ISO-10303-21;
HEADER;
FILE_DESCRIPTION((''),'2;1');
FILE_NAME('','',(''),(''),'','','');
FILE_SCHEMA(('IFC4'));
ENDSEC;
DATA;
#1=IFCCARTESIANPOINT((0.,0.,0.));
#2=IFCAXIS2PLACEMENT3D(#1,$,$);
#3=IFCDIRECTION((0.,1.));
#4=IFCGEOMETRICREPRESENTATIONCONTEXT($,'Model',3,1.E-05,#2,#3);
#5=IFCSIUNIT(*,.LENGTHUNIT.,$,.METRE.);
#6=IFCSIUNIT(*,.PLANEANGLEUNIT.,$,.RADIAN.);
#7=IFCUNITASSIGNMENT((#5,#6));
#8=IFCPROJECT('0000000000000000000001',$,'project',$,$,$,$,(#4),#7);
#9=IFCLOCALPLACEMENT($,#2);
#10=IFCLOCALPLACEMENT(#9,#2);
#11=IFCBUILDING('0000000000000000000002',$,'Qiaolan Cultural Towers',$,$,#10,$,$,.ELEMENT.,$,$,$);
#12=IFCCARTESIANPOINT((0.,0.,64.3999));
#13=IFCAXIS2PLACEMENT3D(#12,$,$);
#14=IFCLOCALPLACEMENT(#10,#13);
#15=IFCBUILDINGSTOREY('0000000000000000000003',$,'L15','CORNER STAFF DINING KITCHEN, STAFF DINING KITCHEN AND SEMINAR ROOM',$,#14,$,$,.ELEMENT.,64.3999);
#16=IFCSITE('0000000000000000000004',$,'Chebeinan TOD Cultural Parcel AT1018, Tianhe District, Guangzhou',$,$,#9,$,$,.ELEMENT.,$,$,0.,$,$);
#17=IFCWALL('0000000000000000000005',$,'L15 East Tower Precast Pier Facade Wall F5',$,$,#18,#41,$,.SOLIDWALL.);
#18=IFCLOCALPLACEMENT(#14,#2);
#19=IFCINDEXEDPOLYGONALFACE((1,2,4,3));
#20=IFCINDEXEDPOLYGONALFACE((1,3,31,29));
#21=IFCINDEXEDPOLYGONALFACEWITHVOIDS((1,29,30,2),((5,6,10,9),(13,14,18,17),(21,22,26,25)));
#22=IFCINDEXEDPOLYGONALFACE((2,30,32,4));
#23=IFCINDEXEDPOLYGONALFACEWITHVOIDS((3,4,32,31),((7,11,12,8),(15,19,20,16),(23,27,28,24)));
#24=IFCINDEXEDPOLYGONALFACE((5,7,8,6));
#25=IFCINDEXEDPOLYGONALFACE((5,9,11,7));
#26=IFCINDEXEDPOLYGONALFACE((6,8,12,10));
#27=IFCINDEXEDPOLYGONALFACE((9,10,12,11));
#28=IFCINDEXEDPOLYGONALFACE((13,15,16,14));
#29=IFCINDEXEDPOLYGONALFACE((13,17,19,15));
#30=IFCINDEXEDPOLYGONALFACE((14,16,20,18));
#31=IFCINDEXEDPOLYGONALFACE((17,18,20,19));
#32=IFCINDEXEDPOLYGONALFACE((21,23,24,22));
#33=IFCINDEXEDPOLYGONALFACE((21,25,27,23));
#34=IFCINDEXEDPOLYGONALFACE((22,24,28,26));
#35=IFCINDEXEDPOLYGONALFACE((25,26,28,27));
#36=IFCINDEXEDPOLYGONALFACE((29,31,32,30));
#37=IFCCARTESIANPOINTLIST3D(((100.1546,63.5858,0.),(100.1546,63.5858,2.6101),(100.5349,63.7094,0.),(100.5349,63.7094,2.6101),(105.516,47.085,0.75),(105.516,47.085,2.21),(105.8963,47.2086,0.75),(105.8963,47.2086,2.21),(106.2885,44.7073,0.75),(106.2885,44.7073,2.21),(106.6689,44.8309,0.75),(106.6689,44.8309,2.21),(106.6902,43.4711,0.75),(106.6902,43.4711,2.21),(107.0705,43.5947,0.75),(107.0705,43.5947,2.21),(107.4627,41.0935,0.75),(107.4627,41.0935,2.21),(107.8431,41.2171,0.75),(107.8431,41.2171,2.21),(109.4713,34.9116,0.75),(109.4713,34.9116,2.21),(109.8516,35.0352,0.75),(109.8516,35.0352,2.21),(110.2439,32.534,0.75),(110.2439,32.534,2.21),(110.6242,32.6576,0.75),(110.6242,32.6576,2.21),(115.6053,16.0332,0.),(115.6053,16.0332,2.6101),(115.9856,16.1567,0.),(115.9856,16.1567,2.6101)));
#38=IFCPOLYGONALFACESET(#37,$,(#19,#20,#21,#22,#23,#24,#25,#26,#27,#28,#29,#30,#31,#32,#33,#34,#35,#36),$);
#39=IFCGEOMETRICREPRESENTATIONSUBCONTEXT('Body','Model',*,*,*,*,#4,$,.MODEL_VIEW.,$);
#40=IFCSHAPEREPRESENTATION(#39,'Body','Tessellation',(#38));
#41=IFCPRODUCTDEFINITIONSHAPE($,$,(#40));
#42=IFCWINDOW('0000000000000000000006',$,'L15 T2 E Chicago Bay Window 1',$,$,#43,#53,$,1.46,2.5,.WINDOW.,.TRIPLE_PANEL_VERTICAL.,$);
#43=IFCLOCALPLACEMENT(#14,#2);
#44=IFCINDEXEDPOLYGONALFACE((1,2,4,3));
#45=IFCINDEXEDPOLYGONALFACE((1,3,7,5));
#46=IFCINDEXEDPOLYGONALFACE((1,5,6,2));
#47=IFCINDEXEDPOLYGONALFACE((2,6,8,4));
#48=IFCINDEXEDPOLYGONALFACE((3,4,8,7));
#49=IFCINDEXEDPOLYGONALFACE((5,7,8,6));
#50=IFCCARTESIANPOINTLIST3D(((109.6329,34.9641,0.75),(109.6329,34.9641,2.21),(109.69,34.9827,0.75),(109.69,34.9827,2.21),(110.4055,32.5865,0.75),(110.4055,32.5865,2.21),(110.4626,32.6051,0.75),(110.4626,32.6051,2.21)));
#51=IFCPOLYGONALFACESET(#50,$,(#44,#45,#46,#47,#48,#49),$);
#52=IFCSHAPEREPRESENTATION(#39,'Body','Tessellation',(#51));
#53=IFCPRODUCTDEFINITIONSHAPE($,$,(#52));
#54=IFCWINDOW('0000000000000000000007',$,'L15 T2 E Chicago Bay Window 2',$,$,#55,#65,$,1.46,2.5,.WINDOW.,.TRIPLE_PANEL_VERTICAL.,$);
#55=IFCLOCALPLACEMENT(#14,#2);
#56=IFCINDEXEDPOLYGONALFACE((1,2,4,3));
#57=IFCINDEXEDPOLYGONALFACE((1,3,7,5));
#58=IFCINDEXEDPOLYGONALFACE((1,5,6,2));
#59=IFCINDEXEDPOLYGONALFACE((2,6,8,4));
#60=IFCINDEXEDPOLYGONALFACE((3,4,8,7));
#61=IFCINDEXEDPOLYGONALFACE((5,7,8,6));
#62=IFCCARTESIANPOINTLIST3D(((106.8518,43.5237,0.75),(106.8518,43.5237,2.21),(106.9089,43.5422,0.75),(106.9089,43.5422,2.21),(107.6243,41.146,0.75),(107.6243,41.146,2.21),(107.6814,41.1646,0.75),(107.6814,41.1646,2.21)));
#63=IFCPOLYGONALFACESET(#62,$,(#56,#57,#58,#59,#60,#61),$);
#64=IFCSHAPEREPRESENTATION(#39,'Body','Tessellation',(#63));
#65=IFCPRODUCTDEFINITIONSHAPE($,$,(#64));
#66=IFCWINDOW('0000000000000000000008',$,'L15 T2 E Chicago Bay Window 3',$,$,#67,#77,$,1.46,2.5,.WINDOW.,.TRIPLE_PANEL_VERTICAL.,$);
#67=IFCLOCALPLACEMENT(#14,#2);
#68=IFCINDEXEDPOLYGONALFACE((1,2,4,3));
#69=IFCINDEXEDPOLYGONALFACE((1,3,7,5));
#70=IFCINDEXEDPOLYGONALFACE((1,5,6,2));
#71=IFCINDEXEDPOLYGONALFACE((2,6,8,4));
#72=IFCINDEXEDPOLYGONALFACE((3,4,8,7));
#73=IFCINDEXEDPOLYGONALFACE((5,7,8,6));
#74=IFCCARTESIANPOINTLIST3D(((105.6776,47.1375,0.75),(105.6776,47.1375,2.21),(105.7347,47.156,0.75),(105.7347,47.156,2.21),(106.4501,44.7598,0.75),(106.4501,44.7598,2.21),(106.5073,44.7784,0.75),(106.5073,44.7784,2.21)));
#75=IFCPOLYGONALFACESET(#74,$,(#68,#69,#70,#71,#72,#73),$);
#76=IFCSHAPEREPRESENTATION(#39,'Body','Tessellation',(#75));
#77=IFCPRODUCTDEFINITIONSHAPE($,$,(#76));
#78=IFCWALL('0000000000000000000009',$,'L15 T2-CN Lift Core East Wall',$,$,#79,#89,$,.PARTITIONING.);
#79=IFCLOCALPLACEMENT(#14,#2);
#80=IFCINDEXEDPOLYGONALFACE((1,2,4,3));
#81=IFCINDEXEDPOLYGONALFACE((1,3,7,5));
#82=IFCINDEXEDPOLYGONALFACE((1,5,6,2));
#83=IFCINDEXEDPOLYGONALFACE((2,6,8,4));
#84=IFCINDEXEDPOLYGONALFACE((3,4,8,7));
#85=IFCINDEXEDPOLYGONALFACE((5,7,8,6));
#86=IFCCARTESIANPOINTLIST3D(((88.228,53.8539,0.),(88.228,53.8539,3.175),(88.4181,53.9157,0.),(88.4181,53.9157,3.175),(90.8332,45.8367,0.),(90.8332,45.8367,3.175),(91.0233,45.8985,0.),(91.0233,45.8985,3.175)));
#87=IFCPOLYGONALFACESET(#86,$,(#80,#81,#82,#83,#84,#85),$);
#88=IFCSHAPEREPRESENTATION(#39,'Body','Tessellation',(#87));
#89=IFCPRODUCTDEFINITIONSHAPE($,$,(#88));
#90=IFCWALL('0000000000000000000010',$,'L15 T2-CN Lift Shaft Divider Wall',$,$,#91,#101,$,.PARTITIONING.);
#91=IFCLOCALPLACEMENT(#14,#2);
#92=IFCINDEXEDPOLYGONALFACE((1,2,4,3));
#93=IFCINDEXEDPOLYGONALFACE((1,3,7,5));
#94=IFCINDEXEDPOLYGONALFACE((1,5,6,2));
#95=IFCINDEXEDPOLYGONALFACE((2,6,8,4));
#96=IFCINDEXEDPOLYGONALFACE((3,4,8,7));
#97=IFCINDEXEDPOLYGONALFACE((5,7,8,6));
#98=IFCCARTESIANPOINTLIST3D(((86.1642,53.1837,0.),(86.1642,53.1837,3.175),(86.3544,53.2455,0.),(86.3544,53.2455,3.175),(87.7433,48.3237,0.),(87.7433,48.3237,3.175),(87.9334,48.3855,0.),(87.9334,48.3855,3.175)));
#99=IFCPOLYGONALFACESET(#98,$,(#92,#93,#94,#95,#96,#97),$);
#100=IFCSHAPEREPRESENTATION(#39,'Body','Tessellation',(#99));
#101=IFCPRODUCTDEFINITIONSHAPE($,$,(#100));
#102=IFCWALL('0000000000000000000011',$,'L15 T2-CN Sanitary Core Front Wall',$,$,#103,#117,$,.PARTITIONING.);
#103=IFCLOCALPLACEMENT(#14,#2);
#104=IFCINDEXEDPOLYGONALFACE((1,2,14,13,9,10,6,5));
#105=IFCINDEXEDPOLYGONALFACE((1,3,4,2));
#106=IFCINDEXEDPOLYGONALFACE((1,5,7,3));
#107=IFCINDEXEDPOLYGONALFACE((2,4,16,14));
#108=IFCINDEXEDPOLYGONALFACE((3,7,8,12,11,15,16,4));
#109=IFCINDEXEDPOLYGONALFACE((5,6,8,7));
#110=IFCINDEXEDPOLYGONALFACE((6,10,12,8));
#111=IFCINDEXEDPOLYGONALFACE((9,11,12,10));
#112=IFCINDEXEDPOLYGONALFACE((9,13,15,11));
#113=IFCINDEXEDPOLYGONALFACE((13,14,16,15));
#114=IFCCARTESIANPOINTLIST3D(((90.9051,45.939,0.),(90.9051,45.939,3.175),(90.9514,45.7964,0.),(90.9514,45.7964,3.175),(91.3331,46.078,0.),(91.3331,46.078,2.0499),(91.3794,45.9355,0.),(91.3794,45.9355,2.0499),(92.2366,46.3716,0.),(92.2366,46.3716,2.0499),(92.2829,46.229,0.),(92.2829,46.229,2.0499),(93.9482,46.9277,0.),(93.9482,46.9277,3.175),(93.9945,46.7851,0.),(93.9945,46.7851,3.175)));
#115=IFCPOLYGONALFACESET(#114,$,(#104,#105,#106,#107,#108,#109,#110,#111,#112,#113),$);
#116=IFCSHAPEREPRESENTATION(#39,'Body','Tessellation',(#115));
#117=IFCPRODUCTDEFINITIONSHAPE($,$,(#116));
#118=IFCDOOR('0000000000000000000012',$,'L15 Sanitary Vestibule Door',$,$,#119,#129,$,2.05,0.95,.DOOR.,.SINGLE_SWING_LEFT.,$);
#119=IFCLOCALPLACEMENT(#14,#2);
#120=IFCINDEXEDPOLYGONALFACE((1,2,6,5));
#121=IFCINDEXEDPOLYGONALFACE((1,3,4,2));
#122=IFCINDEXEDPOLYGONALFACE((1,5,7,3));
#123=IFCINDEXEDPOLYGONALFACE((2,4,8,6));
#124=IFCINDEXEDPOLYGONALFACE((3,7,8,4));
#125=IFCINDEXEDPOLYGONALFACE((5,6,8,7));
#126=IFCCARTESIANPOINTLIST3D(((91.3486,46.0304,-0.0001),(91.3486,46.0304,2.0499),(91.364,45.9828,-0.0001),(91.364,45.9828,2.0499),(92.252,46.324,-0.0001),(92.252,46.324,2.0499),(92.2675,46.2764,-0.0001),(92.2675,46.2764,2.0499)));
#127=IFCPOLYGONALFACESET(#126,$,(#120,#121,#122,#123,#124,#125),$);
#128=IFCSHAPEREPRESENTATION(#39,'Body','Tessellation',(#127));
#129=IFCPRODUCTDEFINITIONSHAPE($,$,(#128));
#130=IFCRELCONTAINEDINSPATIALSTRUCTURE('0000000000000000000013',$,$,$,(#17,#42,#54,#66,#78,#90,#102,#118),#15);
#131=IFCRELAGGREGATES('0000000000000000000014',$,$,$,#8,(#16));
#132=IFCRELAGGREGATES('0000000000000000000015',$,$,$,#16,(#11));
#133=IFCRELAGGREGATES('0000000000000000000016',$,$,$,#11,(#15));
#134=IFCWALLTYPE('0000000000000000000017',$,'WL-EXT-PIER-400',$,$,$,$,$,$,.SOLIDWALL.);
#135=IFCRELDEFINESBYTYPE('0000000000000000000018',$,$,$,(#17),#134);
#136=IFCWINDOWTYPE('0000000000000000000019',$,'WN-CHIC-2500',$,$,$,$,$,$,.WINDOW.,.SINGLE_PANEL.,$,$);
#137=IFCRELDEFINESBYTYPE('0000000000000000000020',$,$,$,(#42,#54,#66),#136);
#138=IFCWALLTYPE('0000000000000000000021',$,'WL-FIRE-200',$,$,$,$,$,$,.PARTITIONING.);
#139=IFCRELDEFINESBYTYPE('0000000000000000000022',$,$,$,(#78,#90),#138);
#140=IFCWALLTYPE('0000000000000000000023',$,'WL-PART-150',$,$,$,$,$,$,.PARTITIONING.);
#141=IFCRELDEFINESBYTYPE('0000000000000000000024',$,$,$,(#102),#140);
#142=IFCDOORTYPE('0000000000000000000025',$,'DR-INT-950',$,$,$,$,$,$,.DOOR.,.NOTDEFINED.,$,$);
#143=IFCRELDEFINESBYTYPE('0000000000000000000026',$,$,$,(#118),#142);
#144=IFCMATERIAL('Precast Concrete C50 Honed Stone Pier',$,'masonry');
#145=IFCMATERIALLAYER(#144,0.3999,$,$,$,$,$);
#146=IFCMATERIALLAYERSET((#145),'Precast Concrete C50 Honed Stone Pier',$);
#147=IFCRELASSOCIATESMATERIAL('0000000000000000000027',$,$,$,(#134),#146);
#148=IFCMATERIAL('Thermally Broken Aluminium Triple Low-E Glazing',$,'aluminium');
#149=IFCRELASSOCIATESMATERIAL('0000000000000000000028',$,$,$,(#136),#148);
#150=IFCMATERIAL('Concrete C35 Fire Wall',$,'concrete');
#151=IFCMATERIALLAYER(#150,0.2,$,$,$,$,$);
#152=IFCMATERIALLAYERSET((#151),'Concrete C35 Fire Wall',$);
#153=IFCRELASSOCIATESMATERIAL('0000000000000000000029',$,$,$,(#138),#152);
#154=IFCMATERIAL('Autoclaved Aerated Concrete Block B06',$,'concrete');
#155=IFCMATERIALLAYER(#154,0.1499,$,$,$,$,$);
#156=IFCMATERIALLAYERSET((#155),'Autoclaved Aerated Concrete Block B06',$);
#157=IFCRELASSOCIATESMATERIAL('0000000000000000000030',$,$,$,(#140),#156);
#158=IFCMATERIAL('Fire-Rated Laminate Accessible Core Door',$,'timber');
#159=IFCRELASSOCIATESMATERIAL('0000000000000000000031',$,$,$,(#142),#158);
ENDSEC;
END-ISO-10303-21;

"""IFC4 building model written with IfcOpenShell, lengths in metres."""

from ifc_helpers import new_model, si_unit, direction, frame, frame_2d, origin, place, context, subcontext, project, spatial, rectangle, extrude, material, layer, layer_set, type_object, element, fill, save


model = new_model("IFC4")

# Units and contexts
model_context = context("Model", 3, precision=1e-05, world=origin(), true_north=direction((0.0, 1.0)))
body_context = subcontext(model_context, "Body", "Model", "MODEL_VIEW")
ifc_project = project(units=[si_unit("LENGTHUNIT", "METRE"), si_unit("PLANEANGLEUNIT", "RADIAN")], contexts=[model_context])

# Site, building, storey
site_placement = place(None, origin())
site = spatial("IfcSite", under=ifc_project, at=site_placement, Name="Chebeinan TOD Cultural Parcel AT1018, Tianhe District, Guangzhou", CompositionType="ELEMENT", RefElevation=0.0)
building_placement = place(site_placement, origin())
building = spatial("IfcBuilding", under=site, at=building_placement, Name="Qiaolan Cultural Towers", CompositionType="ELEMENT")
storey_placement = place(building_placement, frame((0.0, 0.0, 64.3999)))
storey = spatial("IfcBuildingStorey", under=building, at=storey_placement, Name="L15", Description="CORNER STAFF DINING KITCHEN, STAFF DINING KITCHEN AND SEMINAR ROOM", CompositionType="ELEMENT", Elevation=64.3999)

# Shared definitions
ifc_material_1 = material(Name="Precast Concrete C50 Honed Stone Pier", Category="masonry")
ifc_layer_1 = layer(ifc_material_1, 0.3999)
ifc_layer_set_1 = layer_set([ifc_layer_1], Name="Precast Concrete C50 Honed Stone Pier")
wall_type_1 = type_object("IfcWallType", Name="WL-EXT-PIER-400", PredefinedType="SOLIDWALL", material=ifc_layer_set_1)

# Wall, openings, windows
wall_1_placement = place(storey_placement, frame((100.3447, 63.6477, 0.0), z_axis=(0.0, 0.0, 1.0), x_axis=(0.309015, -0.951057, 0.0)))
wall_1 = element("IfcWall", 1, at=wall_1_placement, inside=storey, type_object=wall_type_1, Name="L15 East Tower Precast Pier Facade Wall F5", PredefinedType="SOLIDWALL", context=body_context, shape_type="SweptSolid", body=[
    extrude(rectangle(XDim=49.9998, YDim=0.3999, at=frame_2d((25.0, 0.0))), origin(), (0.0, 0.0, 1.0), 2.6101),
])
opening_1_placement = place(wall_1_placement, frame((30.1499, 0.0, 0.75)))
opening_1 = element("IfcOpeningElement", 2, at=opening_1_placement, cuts=wall_1, PredefinedType="OPENING", context=body_context, shape_type="SweptSolid", body=[
    extrude(rectangle(XDim=2.5, YDim=1.46, at=frame_2d((1.25, 0.73))), frame((0.0, 0.21, 0.0), z_axis=(0.0, -1.0, 0.0), x_axis=(1.0, 0.0, 0.0)), (0.0, 0.0, 1.0), 0.4199),
])
opening_2_placement = place(wall_1_placement, frame((21.1499, 0.0, 0.75)))
opening_2 = element("IfcOpeningElement", 3, at=opening_2_placement, cuts=wall_1, PredefinedType="OPENING", context=body_context, shape_type="SweptSolid", body=[
    extrude(rectangle(XDim=2.5, YDim=1.46, at=frame_2d((1.25, 0.73))), frame((0.0, 0.21, 0.0), z_axis=(0.0, -1.0, 0.0), x_axis=(1.0, 0.0, 0.0)), (0.0, 0.0, 1.0), 0.4199),
])
opening_3_placement = place(wall_1_placement, frame((17.3501, 0.0, 0.75)))
opening_3 = element("IfcOpeningElement", 4, at=opening_3_placement, cuts=wall_1, PredefinedType="OPENING", context=body_context, shape_type="SweptSolid", body=[
    extrude(rectangle(XDim=2.5, YDim=1.46, at=frame_2d((1.25, 0.73))), frame((0.0, 0.21, 0.0), z_axis=(0.0, -1.0, 0.0), x_axis=(1.0, 0.0, 0.0)), (0.0, 0.0, 1.0), 0.4199),
])
ifc_material_2 = material(Name="Thermally Broken Aluminium Triple Low-E Glazing", Category="aluminium")
window_type = type_object("IfcWindowType", Name="WN-CHIC-2500", PartitioningType="SINGLE_PANEL", PredefinedType="WINDOW", material=ifc_material_2)
window_1_placement = place(opening_1_placement, origin())
window_1 = element("IfcWindow", 5, at=window_1_placement, inside=storey, type_object=window_type, Name="L15 T2 E Chicago Bay Window 1", OverallHeight=1.46, OverallWidth=2.5, PartitioningType="TRIPLE_PANEL_VERTICAL", PredefinedType="WINDOW", context=body_context, shape_type="SweptSolid", body=[
    extrude(rectangle(XDim=2.5, YDim=1.46, at=frame_2d((1.25, 0.73))), frame((0.0, 0.03, 0.0), z_axis=(0.0, -1.0, 0.0), x_axis=(1.0, 0.0, 0.0)), (0.0, 0.0, 1.0), 0.0601),
])
fill(opening_1, window_1)
window_2_placement = place(opening_2_placement, origin())
window_2 = element("IfcWindow", 6, at=window_2_placement, inside=storey, type_object=window_type, Name="L15 T2 E Chicago Bay Window 2", OverallHeight=1.46, OverallWidth=2.5, PartitioningType="TRIPLE_PANEL_VERTICAL", PredefinedType="WINDOW", context=body_context, shape_type="SweptSolid", body=[
    extrude(rectangle(XDim=2.5, YDim=1.46, at=frame_2d((1.25, 0.73))), frame((0.0, 0.03, 0.0), z_axis=(0.0, -1.0, 0.0), x_axis=(1.0, 0.0, 0.0)), (0.0, 0.0, 1.0), 0.0601),
])
fill(opening_2, window_2)
window_3_placement = place(opening_3_placement, origin())
window_3 = element("IfcWindow", 7, at=window_3_placement, inside=storey, type_object=window_type, Name="L15 T2 E Chicago Bay Window 3", OverallHeight=1.46, OverallWidth=2.5, PartitioningType="TRIPLE_PANEL_VERTICAL", PredefinedType="WINDOW", context=body_context, shape_type="SweptSolid", body=[
    extrude(rectangle(XDim=2.5, YDim=1.46, at=frame_2d((1.25, 0.73))), frame((0.0, 0.03, 0.0), z_axis=(0.0, -1.0, 0.0), x_axis=(1.0, 0.0, 0.0)), (0.0, 0.0, 1.0), 0.0601),
])
fill(opening_3, window_3)

# Walls
ifc_material_3 = material(Name="Concrete C35 Fire Wall", Category="concrete")
ifc_layer_2 = layer(ifc_material_3, 0.2)
ifc_layer_set_2 = layer_set([ifc_layer_2], Name="Concrete C35 Fire Wall")
wall_type_2 = type_object("IfcWallType", Name="WL-FIRE-200", PredefinedType="PARTITIONING", material=ifc_layer_set_2)
wall_2_placement = place(storey_placement, frame((90.9282, 45.8677, 0.0), z_axis=(0.0, 0.0, 1.0), x_axis=(-0.309042, 0.951048, 0.0)))
element("IfcWall", 8, at=wall_2_placement, inside=storey, type_object=wall_type_2, Name="L15 T2-CN Lift Core East Wall", PredefinedType="PARTITIONING", context=body_context, shape_type="SweptSolid", body=[
    extrude(rectangle(XDim=8.4299, YDim=0.2, at=frame_2d((4.2148, 0.0))), origin(), (0.0, 0.0, 1.0), 3.175),
])
wall_3_placement = place(storey_placement, frame((87.8384, 48.3545, 0.0), z_axis=(0.0, 0.0, 1.0), x_axis=(-0.309009, 0.951059, 0.0)))
element("IfcWall", 9, at=wall_3_placement, inside=storey, type_object=wall_type_2, Name="L15 T2-CN Lift Shaft Divider Wall", PredefinedType="PARTITIONING", context=body_context, shape_type="SweptSolid", body=[
    extrude(rectangle(XDim=5.1101, YDim=0.2, at=frame_2d((2.5552, 0.0))), origin(), (0.0, 0.0, 1.0), 3.175),
])

# Wall, opening, door
ifc_material_4 = material(Name="Autoclaved Aerated Concrete Block B06", Category="concrete")
ifc_layer_3 = layer(ifc_material_4, 0.1499)
ifc_layer_set_3 = layer_set([ifc_layer_3], Name="Autoclaved Aerated Concrete Block B06")
wall_type_3 = type_object("IfcWallType", Name="WL-PART-150", PredefinedType="PARTITIONING", material=ifc_layer_set_3)
wall_4_placement = place(storey_placement, frame((90.9282, 45.8677, 0.0), z_axis=(0.0, 0.0, 1.0), x_axis=(0.951059, 0.309008, 0.0)))
wall_4 = element("IfcWall", 10, at=wall_4_placement, inside=storey, type_object=wall_type_3, Name="L15 T2-CN Sanitary Core Front Wall", PredefinedType="PARTITIONING", context=body_context, shape_type="SweptSolid", body=[
    extrude(rectangle(XDim=3.1997, YDim=0.1499, at=frame_2d((1.5999, 0.0))), origin(), (0.0, 0.0, 1.0), 3.175),
])
opening_4_placement = place(wall_4_placement, frame((0.45, 0.0, 0.0)))
opening_4 = element("IfcOpeningElement", 11, at=opening_4_placement, cuts=wall_4, PredefinedType="OPENING", context=body_context, shape_type="SweptSolid", body=[
    extrude(rectangle(XDim=0.95, YDim=2.05, at=frame_2d((0.4751, 1.0249))), frame((0.0, 0.085, 0.0), z_axis=(0.0, -1.0, 0.0), x_axis=(1.0, 0.0, 0.0)), (0.0, 0.0, 1.0), 0.1699),
])
ifc_material_5 = material(Name="Fire-Rated Laminate Accessible Core Door", Category="timber")
door_type_1 = type_object("IfcDoorType", Name="DR-INT-950", OperationType="NOTDEFINED", PredefinedType="DOOR", material=ifc_material_5)
door_1_placement = place(opening_4_placement, origin())
door_1 = element("IfcDoor", 12, at=door_1_placement, inside=storey, type_object=door_type_1, Name="L15 Sanitary Vestibule Door", OperationType="SINGLE_SWING_LEFT", OverallHeight=2.05, OverallWidth=0.95, PredefinedType="DOOR", context=body_context, shape_type="SweptSolid", body=[
    extrude(rectangle(XDim=0.95, YDim=2.05, at=frame_2d((0.4751, 1.0249))), frame((0.0, 0.0249, 0.0), z_axis=(0.0, -1.0, 0.0), x_axis=(1.0, 0.0, 0.0)), (0.0, 0.0, 1.0), 0.05),
])
fill(opening_4, door_1)

save(model, "model.ifc")
